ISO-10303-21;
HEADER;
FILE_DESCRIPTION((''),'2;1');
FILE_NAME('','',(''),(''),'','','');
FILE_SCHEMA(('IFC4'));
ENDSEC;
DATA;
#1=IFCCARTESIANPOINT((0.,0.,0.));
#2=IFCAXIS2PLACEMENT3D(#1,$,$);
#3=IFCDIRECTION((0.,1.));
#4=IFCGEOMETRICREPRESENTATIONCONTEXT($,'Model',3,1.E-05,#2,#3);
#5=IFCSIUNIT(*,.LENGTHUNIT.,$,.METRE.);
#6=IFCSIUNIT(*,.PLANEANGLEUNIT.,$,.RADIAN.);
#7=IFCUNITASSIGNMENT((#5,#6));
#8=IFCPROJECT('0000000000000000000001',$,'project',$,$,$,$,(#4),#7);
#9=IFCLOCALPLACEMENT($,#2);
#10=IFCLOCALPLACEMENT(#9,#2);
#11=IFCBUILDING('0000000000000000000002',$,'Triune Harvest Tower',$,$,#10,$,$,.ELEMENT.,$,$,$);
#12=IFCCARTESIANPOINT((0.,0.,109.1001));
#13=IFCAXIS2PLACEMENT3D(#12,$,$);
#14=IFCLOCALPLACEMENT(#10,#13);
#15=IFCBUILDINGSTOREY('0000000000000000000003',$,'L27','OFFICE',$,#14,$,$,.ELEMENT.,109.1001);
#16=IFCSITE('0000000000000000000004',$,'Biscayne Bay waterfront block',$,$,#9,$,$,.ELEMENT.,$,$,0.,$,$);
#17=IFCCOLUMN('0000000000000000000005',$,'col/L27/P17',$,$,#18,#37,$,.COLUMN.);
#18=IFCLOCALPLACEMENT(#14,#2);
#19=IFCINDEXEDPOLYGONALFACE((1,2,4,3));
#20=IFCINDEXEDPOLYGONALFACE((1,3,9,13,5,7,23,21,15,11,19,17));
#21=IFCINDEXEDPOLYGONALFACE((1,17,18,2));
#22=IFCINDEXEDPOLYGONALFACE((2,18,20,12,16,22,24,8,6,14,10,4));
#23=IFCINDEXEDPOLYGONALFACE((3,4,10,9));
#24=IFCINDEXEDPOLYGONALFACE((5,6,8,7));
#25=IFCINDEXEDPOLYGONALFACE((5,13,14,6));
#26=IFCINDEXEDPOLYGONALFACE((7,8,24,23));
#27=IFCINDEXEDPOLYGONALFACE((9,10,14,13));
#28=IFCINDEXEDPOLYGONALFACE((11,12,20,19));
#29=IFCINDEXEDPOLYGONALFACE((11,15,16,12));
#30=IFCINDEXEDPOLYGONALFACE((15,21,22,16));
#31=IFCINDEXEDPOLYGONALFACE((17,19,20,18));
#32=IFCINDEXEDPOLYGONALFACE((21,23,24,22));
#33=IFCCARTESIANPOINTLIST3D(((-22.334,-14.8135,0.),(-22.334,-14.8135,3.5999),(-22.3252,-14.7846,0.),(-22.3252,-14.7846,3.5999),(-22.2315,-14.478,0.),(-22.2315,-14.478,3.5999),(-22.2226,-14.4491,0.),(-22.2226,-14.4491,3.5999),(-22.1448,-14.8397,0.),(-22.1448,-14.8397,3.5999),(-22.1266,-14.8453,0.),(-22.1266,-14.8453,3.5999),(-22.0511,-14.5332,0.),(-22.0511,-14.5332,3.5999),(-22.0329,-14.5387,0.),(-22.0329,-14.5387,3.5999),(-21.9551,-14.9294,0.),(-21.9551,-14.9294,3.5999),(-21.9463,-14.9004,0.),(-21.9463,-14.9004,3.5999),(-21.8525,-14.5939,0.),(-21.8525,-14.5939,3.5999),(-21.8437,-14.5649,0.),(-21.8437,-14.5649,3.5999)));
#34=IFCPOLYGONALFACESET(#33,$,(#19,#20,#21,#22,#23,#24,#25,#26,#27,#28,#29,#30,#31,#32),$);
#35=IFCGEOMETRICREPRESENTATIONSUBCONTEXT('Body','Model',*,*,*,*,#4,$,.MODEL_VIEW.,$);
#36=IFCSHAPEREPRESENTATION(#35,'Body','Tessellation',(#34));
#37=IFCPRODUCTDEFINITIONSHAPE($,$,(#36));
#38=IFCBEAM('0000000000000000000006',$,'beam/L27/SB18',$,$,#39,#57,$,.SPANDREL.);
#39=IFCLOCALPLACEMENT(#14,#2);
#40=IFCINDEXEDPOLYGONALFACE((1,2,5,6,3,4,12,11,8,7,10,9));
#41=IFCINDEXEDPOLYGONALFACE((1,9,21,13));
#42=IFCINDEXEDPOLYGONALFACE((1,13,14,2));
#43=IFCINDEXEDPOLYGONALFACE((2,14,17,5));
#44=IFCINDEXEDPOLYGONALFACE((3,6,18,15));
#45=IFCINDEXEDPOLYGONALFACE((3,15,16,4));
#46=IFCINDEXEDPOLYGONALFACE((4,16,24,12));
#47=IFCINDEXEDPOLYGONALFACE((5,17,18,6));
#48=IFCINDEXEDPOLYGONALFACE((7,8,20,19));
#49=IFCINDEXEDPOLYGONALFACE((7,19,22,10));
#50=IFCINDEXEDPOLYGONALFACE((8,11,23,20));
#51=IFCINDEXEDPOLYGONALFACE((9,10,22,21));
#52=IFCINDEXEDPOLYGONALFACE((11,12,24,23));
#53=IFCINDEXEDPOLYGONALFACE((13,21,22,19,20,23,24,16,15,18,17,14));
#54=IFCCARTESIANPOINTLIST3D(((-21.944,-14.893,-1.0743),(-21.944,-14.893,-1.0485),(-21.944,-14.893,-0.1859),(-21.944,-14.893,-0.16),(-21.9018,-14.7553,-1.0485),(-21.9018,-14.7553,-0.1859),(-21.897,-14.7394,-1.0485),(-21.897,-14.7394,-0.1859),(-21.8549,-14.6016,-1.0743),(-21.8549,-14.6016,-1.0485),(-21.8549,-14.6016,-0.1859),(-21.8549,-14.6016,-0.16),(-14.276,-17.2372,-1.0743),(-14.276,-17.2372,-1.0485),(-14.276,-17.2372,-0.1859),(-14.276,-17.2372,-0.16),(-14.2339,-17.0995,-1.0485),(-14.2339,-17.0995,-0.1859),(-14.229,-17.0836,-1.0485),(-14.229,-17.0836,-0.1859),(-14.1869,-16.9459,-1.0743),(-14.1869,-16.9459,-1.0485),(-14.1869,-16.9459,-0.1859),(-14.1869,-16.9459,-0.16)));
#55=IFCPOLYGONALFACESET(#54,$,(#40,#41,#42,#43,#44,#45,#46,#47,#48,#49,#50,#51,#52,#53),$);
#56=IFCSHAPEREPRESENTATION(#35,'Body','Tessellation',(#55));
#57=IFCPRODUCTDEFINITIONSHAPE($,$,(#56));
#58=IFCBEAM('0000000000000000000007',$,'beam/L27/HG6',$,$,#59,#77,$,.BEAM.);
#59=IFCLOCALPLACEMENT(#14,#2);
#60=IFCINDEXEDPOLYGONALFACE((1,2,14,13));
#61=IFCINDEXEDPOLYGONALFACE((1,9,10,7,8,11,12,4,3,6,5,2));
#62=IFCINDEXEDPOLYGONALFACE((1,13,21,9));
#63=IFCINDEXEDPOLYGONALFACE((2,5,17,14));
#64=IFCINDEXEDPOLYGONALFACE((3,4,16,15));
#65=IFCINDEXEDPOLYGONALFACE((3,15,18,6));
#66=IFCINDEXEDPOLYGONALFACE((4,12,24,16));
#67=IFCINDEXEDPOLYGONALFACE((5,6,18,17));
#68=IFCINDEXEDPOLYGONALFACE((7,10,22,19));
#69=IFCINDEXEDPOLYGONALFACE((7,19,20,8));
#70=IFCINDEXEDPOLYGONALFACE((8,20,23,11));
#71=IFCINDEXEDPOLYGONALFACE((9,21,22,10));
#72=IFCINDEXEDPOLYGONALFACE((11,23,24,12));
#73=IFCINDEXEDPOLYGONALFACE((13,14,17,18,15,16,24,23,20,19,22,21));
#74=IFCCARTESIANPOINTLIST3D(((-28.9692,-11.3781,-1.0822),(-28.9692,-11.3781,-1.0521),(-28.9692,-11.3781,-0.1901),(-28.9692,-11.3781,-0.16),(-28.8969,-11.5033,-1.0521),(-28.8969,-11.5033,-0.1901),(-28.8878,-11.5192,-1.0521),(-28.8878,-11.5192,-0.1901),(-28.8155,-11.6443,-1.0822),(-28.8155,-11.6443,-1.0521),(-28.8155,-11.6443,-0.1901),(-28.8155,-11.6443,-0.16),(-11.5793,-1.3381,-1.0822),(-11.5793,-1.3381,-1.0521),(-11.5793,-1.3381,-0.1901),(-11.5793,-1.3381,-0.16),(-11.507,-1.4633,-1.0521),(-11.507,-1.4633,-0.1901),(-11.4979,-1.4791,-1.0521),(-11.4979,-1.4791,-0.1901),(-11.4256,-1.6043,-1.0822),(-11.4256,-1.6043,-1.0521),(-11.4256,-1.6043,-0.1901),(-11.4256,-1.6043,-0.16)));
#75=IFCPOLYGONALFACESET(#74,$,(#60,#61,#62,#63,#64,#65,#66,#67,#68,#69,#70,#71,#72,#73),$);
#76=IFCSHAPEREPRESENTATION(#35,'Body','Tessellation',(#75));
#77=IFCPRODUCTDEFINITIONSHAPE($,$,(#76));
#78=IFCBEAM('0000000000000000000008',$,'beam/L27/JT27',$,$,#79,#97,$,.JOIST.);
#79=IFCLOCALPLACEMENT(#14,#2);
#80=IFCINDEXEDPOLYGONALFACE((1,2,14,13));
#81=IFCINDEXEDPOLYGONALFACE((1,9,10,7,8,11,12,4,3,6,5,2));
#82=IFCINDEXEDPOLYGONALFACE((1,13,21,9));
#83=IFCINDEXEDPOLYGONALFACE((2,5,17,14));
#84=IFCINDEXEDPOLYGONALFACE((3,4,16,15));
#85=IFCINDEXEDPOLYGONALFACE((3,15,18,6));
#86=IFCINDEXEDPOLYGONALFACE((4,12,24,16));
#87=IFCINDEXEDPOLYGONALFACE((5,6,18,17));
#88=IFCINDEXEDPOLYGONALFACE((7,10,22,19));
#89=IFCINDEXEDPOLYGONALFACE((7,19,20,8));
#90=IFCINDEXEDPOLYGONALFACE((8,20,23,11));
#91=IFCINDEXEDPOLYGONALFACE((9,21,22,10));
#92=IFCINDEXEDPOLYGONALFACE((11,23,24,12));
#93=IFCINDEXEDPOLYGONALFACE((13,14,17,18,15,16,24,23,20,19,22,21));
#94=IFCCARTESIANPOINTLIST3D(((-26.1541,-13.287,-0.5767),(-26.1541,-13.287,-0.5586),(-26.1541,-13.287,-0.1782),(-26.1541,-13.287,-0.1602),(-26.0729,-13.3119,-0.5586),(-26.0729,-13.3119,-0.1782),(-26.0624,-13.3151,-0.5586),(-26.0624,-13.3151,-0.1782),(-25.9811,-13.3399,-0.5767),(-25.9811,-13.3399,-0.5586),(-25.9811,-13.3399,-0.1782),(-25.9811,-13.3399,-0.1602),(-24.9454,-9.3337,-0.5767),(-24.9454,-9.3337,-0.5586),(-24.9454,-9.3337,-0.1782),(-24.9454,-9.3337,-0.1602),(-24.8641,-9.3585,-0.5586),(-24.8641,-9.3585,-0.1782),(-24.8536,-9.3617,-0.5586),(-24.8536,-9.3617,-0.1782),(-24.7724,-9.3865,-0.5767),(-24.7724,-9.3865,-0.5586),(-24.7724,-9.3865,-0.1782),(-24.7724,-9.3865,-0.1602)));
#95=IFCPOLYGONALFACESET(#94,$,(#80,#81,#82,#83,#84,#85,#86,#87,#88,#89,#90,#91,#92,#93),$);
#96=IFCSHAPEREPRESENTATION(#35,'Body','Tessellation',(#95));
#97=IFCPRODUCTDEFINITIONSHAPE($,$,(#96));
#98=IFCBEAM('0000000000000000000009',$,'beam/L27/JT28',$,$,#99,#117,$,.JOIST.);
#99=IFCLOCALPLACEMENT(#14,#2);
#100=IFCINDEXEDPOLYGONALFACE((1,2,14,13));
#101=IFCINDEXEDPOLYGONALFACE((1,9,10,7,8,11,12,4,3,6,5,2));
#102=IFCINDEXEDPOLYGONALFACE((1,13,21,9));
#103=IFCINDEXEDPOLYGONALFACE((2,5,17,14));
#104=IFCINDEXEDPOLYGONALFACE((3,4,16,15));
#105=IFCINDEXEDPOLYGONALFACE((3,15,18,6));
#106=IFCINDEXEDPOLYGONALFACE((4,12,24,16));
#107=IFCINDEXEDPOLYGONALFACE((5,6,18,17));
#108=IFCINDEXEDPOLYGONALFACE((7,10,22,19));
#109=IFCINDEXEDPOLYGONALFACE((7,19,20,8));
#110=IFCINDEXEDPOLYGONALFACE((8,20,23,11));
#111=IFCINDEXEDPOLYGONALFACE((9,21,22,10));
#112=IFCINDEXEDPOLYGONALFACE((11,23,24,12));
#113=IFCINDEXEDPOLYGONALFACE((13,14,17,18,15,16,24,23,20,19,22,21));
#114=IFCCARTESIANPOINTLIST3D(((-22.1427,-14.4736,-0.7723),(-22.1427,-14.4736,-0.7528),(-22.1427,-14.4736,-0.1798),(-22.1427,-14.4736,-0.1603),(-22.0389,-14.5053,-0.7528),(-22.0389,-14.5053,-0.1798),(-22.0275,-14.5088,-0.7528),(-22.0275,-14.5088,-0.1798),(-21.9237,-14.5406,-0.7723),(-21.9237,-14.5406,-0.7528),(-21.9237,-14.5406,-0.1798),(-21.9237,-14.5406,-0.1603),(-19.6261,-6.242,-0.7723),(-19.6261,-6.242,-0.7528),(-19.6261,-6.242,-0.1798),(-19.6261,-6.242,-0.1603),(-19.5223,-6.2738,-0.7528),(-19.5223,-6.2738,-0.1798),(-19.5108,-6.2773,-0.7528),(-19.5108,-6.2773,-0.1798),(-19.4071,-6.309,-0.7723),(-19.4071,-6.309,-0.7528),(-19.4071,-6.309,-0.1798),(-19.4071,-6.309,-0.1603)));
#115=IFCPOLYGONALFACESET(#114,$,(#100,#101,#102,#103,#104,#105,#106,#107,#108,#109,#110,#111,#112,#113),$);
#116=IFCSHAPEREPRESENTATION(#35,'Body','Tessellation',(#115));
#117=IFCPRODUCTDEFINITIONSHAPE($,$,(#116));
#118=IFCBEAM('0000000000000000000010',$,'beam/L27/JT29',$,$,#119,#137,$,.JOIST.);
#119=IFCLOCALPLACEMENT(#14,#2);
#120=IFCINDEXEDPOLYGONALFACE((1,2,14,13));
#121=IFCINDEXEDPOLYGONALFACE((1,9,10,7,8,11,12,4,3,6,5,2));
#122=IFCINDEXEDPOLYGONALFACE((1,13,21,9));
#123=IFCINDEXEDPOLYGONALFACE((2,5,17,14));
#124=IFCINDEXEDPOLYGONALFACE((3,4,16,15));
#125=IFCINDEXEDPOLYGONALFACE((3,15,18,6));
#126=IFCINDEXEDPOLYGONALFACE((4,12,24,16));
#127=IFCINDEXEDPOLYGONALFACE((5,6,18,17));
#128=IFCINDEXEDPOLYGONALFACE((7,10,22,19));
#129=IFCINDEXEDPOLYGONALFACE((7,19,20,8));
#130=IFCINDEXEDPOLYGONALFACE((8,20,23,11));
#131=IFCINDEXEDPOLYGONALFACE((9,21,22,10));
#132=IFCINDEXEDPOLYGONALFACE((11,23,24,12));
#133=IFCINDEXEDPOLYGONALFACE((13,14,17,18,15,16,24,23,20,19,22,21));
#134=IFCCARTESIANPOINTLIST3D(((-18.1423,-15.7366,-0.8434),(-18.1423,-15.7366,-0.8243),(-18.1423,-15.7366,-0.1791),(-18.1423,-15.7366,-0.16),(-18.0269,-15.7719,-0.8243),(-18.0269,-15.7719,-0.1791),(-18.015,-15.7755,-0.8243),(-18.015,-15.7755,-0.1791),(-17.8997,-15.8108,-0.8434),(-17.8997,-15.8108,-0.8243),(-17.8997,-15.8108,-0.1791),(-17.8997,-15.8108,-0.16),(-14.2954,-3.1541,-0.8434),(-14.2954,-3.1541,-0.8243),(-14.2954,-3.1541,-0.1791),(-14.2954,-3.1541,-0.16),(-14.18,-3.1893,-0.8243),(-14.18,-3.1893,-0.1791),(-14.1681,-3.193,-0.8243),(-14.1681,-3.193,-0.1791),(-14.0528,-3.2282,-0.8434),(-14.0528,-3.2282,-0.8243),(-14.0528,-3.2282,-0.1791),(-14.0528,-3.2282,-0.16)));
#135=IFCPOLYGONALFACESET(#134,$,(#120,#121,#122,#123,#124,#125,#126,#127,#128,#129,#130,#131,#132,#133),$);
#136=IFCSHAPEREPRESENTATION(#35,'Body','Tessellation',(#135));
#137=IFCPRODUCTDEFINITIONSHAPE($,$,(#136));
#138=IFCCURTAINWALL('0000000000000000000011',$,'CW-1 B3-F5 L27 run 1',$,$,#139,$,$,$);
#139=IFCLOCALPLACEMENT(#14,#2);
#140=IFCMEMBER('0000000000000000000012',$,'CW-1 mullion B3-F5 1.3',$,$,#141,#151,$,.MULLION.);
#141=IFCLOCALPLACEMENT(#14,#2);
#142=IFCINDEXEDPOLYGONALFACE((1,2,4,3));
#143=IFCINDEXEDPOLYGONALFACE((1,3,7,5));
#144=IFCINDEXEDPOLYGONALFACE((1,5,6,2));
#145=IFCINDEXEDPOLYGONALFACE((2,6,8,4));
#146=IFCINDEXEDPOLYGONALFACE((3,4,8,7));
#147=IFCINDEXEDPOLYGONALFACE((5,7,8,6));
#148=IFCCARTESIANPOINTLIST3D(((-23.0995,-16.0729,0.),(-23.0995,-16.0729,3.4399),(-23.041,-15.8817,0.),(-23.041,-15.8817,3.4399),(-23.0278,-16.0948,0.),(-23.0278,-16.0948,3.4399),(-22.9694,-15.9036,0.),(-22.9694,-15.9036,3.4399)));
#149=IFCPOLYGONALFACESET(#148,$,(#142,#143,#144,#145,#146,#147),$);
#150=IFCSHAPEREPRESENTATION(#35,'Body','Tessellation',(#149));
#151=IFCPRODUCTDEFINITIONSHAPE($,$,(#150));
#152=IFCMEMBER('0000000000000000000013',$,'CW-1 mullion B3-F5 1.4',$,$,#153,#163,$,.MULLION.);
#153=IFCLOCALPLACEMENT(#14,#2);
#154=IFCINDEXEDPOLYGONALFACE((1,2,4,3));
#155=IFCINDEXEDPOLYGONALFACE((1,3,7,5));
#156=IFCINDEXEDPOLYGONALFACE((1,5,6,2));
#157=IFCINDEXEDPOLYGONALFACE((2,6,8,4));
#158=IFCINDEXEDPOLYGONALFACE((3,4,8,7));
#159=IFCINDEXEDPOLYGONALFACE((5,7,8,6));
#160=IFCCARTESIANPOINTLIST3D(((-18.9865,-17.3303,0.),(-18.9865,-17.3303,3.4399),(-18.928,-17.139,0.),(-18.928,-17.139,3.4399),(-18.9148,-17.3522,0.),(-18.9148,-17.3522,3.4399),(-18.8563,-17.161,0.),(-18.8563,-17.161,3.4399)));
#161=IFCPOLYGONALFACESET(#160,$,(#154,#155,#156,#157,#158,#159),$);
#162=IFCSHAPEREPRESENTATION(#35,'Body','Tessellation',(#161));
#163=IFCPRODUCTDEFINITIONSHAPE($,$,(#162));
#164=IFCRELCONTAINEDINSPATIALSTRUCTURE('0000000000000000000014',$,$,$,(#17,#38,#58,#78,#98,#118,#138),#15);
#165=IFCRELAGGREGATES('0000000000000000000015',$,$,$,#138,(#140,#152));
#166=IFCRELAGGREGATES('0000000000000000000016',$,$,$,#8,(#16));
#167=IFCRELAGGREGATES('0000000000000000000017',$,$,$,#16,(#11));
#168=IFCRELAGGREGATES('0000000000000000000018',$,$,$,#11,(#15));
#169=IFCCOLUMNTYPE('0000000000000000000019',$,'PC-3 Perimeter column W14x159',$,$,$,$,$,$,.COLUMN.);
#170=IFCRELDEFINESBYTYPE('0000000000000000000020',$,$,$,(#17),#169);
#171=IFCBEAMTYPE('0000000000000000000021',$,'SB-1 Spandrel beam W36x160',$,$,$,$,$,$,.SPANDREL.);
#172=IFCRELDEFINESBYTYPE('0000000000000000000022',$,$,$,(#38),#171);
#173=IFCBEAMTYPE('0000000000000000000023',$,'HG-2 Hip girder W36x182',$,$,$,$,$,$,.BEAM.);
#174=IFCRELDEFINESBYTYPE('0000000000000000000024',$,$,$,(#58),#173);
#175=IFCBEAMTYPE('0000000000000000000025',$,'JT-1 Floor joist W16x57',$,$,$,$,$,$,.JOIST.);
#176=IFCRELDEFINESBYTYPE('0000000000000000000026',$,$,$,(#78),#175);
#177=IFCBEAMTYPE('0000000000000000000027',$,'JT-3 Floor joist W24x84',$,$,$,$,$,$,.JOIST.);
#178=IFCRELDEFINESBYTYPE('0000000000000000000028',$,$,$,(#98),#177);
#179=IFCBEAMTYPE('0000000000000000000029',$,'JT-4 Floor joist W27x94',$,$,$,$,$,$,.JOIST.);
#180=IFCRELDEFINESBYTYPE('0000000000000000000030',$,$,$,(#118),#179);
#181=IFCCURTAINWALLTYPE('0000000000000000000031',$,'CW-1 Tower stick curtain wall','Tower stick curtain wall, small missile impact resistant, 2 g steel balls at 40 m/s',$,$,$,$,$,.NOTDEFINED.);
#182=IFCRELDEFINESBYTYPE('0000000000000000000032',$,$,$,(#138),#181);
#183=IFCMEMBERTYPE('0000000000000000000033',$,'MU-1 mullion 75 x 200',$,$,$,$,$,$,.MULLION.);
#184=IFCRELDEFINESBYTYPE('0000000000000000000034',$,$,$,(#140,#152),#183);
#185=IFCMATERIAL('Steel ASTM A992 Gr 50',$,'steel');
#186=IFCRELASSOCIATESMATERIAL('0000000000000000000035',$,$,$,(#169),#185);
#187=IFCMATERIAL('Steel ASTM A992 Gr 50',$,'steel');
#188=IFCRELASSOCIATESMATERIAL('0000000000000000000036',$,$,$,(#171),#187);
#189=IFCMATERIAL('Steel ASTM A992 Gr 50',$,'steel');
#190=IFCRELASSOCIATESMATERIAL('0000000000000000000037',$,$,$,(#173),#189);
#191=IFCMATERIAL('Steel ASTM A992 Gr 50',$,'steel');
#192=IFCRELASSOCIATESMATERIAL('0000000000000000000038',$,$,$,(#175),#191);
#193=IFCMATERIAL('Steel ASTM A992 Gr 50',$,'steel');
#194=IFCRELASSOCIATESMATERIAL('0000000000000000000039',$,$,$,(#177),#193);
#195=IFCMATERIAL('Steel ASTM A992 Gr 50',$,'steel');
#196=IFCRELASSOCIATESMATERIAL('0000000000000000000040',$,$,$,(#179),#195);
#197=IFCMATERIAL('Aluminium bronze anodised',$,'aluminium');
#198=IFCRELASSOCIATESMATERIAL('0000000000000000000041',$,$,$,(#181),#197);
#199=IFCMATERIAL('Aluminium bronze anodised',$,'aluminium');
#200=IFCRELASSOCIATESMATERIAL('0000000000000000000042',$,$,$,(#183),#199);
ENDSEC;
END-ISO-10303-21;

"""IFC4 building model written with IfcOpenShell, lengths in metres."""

from ifc_helpers import new_model, si_unit, direction, frame, origin, origin_2d, place, context, subcontext, project, spatial, rectangle, i_section, extrude, source, transform, mapped, material, material_profile, profile_set, type_object, element, aggregate, save


model = new_model("IFC4")

# Units and contexts
model_context = context("Model", 3, precision=1e-05, world=origin(), true_north=direction((0.0, 1.0)))
body_context = subcontext(model_context, "Body", "Model", "MODEL_VIEW")
ifc_project = project(units=[si_unit("LENGTHUNIT", "METRE"), si_unit("PLANEANGLEUNIT", "RADIAN")], contexts=[model_context])

# Site, building, storey
site_placement = place(None, origin())
site = spatial("IfcSite", under=ifc_project, at=site_placement, Name="Biscayne Bay waterfront block", CompositionType="ELEMENT", RefElevation=0.0)
building_placement = place(site_placement, origin())
building = spatial("IfcBuilding", under=site, at=building_placement, Name="Triune Harvest Tower", CompositionType="ELEMENT")
storey_placement = place(building_placement, frame((0.0, 0.0, 109.1001)))
storey = spatial("IfcBuildingStorey", under=building, at=storey_placement, Name="L27", Description="OFFICE", CompositionType="ELEMENT", Elevation=109.1001)

# Column
ifc_material_1 = material(Name="Steel ASTM A992 Gr 50", Category="steel")
ifc_material_profile_1 = material_profile(ifc_material_1, i_section(OverallWidth=0.3962, OverallDepth=0.3811, WebThickness=0.019, FlangeThickness=0.0303, at=origin_2d()), Name="W14x159")
ifc_profile_set_1 = profile_set([ifc_material_profile_1], Name="Steel ASTM A992 Gr 50")
column_type = type_object("IfcColumnType", Name="PC-3 Perimeter column W14x159", PredefinedType="COLUMN", material=ifc_profile_set_1)
shared_shape_1 = source(origin(), body_context, "Body", "SweptSolid", [
    extrude(i_section(OverallWidth=0.3962, OverallDepth=0.3811, WebThickness=0.019, FlangeThickness=0.0303, at=origin_2d()), origin(), (0.0, 0.0, 1.0), 3.5999),
])
column_placement = place(storey_placement, frame((-22.0889, -14.6892, 0.0), z_axis=(0.0, 0.0, 1.0), x_axis=(0.956305, -0.292372, 0.0)))
element("IfcColumn", 1, at=column_placement, inside=storey, type_object=column_type, Name="col/L27/P17", PredefinedType="COLUMN", context=body_context, shape_type="MappedRepresentation", body=[
    mapped(shared_shape_1, transform((0.0, 0.0, 0.0), scale=1.0)),
])

# Beams
ifc_material_2 = material(Name="Steel ASTM A992 Gr 50", Category="steel")
ifc_material_profile_2 = material_profile(ifc_material_2, i_section(OverallWidth=0.3047, OverallDepth=0.9143, WebThickness=0.0166, FlangeThickness=0.0259, at=origin_2d()), Name="W36x160")
ifc_profile_set_2 = profile_set([ifc_material_profile_2], Name="Steel ASTM A992 Gr 50")
beam_type_1 = type_object("IfcBeamType", Name="SB-1 Spandrel beam W36x160", PredefinedType="SPANDREL", material=ifc_profile_set_2)
shared_shape_2 = source(origin(), body_context, "Body", "SweptSolid", [
    extrude(i_section(OverallWidth=0.3047, OverallDepth=0.9143, WebThickness=0.0166, FlangeThickness=0.0259, at=origin_2d()), origin(), (0.0, 0.0, 1.0), 8.0183),
])
beam_1_placement = place(storey_placement, frame((-21.8994, -14.7473, -0.6172), z_axis=(0.956308, -0.292361, 0.0), x_axis=(0.292361, 0.956308, 0.0)))
element("IfcBeam", 2, at=beam_1_placement, inside=storey, type_object=beam_type_1, Name="beam/L27/SB18", PredefinedType="SPANDREL", context=body_context, shape_type="MappedRepresentation", body=[
    mapped(shared_shape_2, transform((0.0, 0.0, 0.0), scale=1.0)),
])
ifc_material_3 = material(Name="Steel ASTM A992 Gr 50", Category="steel")
ifc_material_profile_3 = material_profile(ifc_material_3, i_section(OverallWidth=0.3074, OverallDepth=0.9221, WebThickness=0.0183, FlangeThickness=0.03, at=origin_2d()), Name="W36x182")
ifc_profile_set_3 = profile_set([ifc_material_profile_3], Name="Steel ASTM A992 Gr 50")
beam_type_2 = type_object("IfcBeamType", Name="HG-2 Hip girder W36x182", PredefinedType="BEAM", material=ifc_profile_set_3)
shared_shape_3 = source(origin(), body_context, "Body", "SweptSolid", [
    extrude(i_section(OverallWidth=0.3074, OverallDepth=0.9221, WebThickness=0.0183, FlangeThickness=0.03, at=origin_2d()), origin(), (0.0, 0.0, 1.0), 20.0801),
])
beam_2_placement = place(storey_placement, frame((-28.8923, -11.5112, -0.6211), z_axis=(0.866026, 0.499999, 0.0), x_axis=(-0.499999, 0.866026, 0.0)))
element("IfcBeam", 3, at=beam_2_placement, inside=storey, type_object=beam_type_2, Name="beam/L27/HG6", PredefinedType="BEAM", context=body_context, shape_type="MappedRepresentation", body=[
    mapped(shared_shape_3, transform((0.0, 0.0, 0.0), scale=1.0)),
])
ifc_material_4 = material(Name="Steel ASTM A992 Gr 50", Category="steel")
ifc_material_profile_4 = material_profile(ifc_material_4, i_section(OverallWidth=0.1809, OverallDepth=0.4165, WebThickness=0.011, FlangeThickness=0.0181, at=origin_2d()), Name="W16x57")
ifc_profile_set_4 = profile_set([ifc_material_profile_4], Name="Steel ASTM A992 Gr 50")
beam_type_3 = type_object("IfcBeamType", Name="JT-1 Floor joist W16x57", PredefinedType="JOIST", material=ifc_profile_set_4)
shared_shape_4 = source(origin(), body_context, "Body", "SweptSolid", [
    extrude(i_section(OverallWidth=0.1809, OverallDepth=0.4165, WebThickness=0.011, FlangeThickness=0.0181, at=origin_2d()), origin(), (0.0, 0.0, 1.0), 4.134),
])
beam_3_placement = place(storey_placement, frame((-26.0676, -13.3135, -0.3684), z_axis=(0.292388, 0.9563, 0.0), x_axis=(-0.9563, 0.292388, 0.0)))
element("IfcBeam", 4, at=beam_3_placement, inside=storey, type_object=beam_type_3, Name="beam/L27/JT27", PredefinedType="JOIST", context=body_context, shape_type="MappedRepresentation", body=[
    mapped(shared_shape_4, transform((0.0, 0.0, 0.0), scale=1.0)),
])
ifc_material_5 = material(Name="Steel ASTM A992 Gr 50", Category="steel")
ifc_material_profile_5 = material_profile(ifc_material_5, i_section(OverallWidth=0.229, OverallDepth=0.6121, WebThickness=0.012, FlangeThickness=0.0195, at=origin_2d()), Name="W24x84")
ifc_profile_set_5 = profile_set([ifc_material_profile_5], Name="Steel ASTM A992 Gr 50")
beam_type_4 = type_object("IfcBeamType", Name="JT-3 Floor joist W24x84", PredefinedType="JOIST", material=ifc_profile_set_5)
shared_shape_5 = source(origin(), body_context, "Body", "SweptSolid", [
    extrude(i_section(OverallWidth=0.229, OverallDepth=0.6121, WebThickness=0.012, FlangeThickness=0.0195, at=origin_2d()), origin(), (0.0, 0.0, 1.0), 8.6077),
])
beam_4_placement = place(storey_placement, frame((-22.0332, -14.5071, -0.4663), z_axis=(0.292371, 0.956305, 0.0), x_axis=(-0.956305, 0.292371, 0.0)))
element("IfcBeam", 5, at=beam_4_placement, inside=storey, type_object=beam_type_4, Name="beam/L27/JT28", PredefinedType="JOIST", context=body_context, shape_type="MappedRepresentation", body=[
    mapped(shared_shape_5, transform((0.0, 0.0, 0.0), scale=1.0)),
])
ifc_material_6 = material(Name="Steel ASTM A992 Gr 50", Category="steel")
ifc_material_profile_6 = material_profile(ifc_material_6, i_section(OverallWidth=0.2537, OverallDepth=0.6833, WebThickness=0.0125, FlangeThickness=0.019, at=origin_2d()), Name="W27x94")
ifc_profile_set_6 = profile_set([ifc_material_profile_6], Name="Steel ASTM A992 Gr 50")
beam_type_5 = type_object("IfcBeamType", Name="JT-4 Floor joist W27x94", PredefinedType="JOIST", material=ifc_profile_set_6)
shared_shape_6 = source(origin(), body_context, "Body", "SweptSolid", [
    extrude(i_section(OverallWidth=0.2537, OverallDepth=0.6833, WebThickness=0.0125, FlangeThickness=0.019, at=origin_2d()), origin(), (0.0, 0.0, 1.0), 13.1575),
])
beam_5_placement = place(storey_placement, frame((-18.021, -15.7737, -0.5017), z_axis=(0.292376, 0.956303, 0.0), x_axis=(-0.956303, 0.292376, 0.0)))
element("IfcBeam", 6, at=beam_5_placement, inside=storey, type_object=beam_type_5, Name="beam/L27/JT29", PredefinedType="JOIST", context=body_context, shape_type="MappedRepresentation", body=[
    mapped(shared_shape_6, transform((0.0, 0.0, 0.0), scale=1.0)),
])

# Curtain wall, members
ifc_material_7 = material(Name="Aluminium bronze anodised", Category="aluminium")
curtain_wall_type_1 = type_object("IfcCurtainWallType", Name="CW-1 Tower stick curtain wall", Description="Tower stick curtain wall, small missile impact resistant, 2 g steel balls at 40 m/s", PredefinedType="NOTDEFINED", material=ifc_material_7)
curtain_wall_1_placement = place(storey_placement, origin())
curtain_wall_1 = element("IfcCurtainWall", 7, at=curtain_wall_1_placement, inside=storey, type_object=curtain_wall_type_1, Name="CW-1 B3-F5 L27 run 1")
ifc_material_8 = material(Name="Aluminium bronze anodised", Category="aluminium")
ifc_material_profile_7 = material_profile(ifc_material_8, rectangle(XDim=0.2, YDim=0.075, at=origin_2d()), Name="MU-1 mullion 75 x 200")
ifc_profile_set_7 = profile_set([ifc_material_profile_7], Name="Aluminium bronze anodised")
member_type_1 = type_object("IfcMemberType", Name="MU-1 mullion 75 x 200", PredefinedType="MULLION", material=ifc_profile_set_7)
shared_shape_7 = source(origin(), body_context, "Body", "SweptSolid", [
    extrude(rectangle(XDim=0.2, YDim=0.075, at=origin_2d()), origin(), (0.0, 0.0, 1.0), 3.4399),
])
member_1_placement = place(storey_placement, frame((-23.0344, -15.9883, 0.0), z_axis=(0.0, 0.0, 1.0), x_axis=(0.292374, 0.956304, 0.0)))
member_1 = element("IfcMember", 8, at=member_1_placement, type_object=member_type_1, Name="CW-1 mullion B3-F5 1.3", PredefinedType="MULLION", context=body_context, shape_type="MappedRepresentation", body=[
    mapped(shared_shape_7, transform((0.0, 0.0, 0.0), scale=1.0)),
])
member_2_placement = place(storey_placement, frame((-18.9214, -17.2456, 0.0), z_axis=(0.0, 0.0, 1.0), x_axis=(0.292374, 0.956304, 0.0)))
member_2 = element("IfcMember", 9, at=member_2_placement, type_object=member_type_1, Name="CW-1 mullion B3-F5 1.4", PredefinedType="MULLION", context=body_context, shape_type="MappedRepresentation", body=[
    mapped(shared_shape_7, transform((0.0, 0.0, 0.0), scale=1.0)),
])

aggregate(curtain_wall_1, [member_1, member_2])

save(model, "model.ifc")
